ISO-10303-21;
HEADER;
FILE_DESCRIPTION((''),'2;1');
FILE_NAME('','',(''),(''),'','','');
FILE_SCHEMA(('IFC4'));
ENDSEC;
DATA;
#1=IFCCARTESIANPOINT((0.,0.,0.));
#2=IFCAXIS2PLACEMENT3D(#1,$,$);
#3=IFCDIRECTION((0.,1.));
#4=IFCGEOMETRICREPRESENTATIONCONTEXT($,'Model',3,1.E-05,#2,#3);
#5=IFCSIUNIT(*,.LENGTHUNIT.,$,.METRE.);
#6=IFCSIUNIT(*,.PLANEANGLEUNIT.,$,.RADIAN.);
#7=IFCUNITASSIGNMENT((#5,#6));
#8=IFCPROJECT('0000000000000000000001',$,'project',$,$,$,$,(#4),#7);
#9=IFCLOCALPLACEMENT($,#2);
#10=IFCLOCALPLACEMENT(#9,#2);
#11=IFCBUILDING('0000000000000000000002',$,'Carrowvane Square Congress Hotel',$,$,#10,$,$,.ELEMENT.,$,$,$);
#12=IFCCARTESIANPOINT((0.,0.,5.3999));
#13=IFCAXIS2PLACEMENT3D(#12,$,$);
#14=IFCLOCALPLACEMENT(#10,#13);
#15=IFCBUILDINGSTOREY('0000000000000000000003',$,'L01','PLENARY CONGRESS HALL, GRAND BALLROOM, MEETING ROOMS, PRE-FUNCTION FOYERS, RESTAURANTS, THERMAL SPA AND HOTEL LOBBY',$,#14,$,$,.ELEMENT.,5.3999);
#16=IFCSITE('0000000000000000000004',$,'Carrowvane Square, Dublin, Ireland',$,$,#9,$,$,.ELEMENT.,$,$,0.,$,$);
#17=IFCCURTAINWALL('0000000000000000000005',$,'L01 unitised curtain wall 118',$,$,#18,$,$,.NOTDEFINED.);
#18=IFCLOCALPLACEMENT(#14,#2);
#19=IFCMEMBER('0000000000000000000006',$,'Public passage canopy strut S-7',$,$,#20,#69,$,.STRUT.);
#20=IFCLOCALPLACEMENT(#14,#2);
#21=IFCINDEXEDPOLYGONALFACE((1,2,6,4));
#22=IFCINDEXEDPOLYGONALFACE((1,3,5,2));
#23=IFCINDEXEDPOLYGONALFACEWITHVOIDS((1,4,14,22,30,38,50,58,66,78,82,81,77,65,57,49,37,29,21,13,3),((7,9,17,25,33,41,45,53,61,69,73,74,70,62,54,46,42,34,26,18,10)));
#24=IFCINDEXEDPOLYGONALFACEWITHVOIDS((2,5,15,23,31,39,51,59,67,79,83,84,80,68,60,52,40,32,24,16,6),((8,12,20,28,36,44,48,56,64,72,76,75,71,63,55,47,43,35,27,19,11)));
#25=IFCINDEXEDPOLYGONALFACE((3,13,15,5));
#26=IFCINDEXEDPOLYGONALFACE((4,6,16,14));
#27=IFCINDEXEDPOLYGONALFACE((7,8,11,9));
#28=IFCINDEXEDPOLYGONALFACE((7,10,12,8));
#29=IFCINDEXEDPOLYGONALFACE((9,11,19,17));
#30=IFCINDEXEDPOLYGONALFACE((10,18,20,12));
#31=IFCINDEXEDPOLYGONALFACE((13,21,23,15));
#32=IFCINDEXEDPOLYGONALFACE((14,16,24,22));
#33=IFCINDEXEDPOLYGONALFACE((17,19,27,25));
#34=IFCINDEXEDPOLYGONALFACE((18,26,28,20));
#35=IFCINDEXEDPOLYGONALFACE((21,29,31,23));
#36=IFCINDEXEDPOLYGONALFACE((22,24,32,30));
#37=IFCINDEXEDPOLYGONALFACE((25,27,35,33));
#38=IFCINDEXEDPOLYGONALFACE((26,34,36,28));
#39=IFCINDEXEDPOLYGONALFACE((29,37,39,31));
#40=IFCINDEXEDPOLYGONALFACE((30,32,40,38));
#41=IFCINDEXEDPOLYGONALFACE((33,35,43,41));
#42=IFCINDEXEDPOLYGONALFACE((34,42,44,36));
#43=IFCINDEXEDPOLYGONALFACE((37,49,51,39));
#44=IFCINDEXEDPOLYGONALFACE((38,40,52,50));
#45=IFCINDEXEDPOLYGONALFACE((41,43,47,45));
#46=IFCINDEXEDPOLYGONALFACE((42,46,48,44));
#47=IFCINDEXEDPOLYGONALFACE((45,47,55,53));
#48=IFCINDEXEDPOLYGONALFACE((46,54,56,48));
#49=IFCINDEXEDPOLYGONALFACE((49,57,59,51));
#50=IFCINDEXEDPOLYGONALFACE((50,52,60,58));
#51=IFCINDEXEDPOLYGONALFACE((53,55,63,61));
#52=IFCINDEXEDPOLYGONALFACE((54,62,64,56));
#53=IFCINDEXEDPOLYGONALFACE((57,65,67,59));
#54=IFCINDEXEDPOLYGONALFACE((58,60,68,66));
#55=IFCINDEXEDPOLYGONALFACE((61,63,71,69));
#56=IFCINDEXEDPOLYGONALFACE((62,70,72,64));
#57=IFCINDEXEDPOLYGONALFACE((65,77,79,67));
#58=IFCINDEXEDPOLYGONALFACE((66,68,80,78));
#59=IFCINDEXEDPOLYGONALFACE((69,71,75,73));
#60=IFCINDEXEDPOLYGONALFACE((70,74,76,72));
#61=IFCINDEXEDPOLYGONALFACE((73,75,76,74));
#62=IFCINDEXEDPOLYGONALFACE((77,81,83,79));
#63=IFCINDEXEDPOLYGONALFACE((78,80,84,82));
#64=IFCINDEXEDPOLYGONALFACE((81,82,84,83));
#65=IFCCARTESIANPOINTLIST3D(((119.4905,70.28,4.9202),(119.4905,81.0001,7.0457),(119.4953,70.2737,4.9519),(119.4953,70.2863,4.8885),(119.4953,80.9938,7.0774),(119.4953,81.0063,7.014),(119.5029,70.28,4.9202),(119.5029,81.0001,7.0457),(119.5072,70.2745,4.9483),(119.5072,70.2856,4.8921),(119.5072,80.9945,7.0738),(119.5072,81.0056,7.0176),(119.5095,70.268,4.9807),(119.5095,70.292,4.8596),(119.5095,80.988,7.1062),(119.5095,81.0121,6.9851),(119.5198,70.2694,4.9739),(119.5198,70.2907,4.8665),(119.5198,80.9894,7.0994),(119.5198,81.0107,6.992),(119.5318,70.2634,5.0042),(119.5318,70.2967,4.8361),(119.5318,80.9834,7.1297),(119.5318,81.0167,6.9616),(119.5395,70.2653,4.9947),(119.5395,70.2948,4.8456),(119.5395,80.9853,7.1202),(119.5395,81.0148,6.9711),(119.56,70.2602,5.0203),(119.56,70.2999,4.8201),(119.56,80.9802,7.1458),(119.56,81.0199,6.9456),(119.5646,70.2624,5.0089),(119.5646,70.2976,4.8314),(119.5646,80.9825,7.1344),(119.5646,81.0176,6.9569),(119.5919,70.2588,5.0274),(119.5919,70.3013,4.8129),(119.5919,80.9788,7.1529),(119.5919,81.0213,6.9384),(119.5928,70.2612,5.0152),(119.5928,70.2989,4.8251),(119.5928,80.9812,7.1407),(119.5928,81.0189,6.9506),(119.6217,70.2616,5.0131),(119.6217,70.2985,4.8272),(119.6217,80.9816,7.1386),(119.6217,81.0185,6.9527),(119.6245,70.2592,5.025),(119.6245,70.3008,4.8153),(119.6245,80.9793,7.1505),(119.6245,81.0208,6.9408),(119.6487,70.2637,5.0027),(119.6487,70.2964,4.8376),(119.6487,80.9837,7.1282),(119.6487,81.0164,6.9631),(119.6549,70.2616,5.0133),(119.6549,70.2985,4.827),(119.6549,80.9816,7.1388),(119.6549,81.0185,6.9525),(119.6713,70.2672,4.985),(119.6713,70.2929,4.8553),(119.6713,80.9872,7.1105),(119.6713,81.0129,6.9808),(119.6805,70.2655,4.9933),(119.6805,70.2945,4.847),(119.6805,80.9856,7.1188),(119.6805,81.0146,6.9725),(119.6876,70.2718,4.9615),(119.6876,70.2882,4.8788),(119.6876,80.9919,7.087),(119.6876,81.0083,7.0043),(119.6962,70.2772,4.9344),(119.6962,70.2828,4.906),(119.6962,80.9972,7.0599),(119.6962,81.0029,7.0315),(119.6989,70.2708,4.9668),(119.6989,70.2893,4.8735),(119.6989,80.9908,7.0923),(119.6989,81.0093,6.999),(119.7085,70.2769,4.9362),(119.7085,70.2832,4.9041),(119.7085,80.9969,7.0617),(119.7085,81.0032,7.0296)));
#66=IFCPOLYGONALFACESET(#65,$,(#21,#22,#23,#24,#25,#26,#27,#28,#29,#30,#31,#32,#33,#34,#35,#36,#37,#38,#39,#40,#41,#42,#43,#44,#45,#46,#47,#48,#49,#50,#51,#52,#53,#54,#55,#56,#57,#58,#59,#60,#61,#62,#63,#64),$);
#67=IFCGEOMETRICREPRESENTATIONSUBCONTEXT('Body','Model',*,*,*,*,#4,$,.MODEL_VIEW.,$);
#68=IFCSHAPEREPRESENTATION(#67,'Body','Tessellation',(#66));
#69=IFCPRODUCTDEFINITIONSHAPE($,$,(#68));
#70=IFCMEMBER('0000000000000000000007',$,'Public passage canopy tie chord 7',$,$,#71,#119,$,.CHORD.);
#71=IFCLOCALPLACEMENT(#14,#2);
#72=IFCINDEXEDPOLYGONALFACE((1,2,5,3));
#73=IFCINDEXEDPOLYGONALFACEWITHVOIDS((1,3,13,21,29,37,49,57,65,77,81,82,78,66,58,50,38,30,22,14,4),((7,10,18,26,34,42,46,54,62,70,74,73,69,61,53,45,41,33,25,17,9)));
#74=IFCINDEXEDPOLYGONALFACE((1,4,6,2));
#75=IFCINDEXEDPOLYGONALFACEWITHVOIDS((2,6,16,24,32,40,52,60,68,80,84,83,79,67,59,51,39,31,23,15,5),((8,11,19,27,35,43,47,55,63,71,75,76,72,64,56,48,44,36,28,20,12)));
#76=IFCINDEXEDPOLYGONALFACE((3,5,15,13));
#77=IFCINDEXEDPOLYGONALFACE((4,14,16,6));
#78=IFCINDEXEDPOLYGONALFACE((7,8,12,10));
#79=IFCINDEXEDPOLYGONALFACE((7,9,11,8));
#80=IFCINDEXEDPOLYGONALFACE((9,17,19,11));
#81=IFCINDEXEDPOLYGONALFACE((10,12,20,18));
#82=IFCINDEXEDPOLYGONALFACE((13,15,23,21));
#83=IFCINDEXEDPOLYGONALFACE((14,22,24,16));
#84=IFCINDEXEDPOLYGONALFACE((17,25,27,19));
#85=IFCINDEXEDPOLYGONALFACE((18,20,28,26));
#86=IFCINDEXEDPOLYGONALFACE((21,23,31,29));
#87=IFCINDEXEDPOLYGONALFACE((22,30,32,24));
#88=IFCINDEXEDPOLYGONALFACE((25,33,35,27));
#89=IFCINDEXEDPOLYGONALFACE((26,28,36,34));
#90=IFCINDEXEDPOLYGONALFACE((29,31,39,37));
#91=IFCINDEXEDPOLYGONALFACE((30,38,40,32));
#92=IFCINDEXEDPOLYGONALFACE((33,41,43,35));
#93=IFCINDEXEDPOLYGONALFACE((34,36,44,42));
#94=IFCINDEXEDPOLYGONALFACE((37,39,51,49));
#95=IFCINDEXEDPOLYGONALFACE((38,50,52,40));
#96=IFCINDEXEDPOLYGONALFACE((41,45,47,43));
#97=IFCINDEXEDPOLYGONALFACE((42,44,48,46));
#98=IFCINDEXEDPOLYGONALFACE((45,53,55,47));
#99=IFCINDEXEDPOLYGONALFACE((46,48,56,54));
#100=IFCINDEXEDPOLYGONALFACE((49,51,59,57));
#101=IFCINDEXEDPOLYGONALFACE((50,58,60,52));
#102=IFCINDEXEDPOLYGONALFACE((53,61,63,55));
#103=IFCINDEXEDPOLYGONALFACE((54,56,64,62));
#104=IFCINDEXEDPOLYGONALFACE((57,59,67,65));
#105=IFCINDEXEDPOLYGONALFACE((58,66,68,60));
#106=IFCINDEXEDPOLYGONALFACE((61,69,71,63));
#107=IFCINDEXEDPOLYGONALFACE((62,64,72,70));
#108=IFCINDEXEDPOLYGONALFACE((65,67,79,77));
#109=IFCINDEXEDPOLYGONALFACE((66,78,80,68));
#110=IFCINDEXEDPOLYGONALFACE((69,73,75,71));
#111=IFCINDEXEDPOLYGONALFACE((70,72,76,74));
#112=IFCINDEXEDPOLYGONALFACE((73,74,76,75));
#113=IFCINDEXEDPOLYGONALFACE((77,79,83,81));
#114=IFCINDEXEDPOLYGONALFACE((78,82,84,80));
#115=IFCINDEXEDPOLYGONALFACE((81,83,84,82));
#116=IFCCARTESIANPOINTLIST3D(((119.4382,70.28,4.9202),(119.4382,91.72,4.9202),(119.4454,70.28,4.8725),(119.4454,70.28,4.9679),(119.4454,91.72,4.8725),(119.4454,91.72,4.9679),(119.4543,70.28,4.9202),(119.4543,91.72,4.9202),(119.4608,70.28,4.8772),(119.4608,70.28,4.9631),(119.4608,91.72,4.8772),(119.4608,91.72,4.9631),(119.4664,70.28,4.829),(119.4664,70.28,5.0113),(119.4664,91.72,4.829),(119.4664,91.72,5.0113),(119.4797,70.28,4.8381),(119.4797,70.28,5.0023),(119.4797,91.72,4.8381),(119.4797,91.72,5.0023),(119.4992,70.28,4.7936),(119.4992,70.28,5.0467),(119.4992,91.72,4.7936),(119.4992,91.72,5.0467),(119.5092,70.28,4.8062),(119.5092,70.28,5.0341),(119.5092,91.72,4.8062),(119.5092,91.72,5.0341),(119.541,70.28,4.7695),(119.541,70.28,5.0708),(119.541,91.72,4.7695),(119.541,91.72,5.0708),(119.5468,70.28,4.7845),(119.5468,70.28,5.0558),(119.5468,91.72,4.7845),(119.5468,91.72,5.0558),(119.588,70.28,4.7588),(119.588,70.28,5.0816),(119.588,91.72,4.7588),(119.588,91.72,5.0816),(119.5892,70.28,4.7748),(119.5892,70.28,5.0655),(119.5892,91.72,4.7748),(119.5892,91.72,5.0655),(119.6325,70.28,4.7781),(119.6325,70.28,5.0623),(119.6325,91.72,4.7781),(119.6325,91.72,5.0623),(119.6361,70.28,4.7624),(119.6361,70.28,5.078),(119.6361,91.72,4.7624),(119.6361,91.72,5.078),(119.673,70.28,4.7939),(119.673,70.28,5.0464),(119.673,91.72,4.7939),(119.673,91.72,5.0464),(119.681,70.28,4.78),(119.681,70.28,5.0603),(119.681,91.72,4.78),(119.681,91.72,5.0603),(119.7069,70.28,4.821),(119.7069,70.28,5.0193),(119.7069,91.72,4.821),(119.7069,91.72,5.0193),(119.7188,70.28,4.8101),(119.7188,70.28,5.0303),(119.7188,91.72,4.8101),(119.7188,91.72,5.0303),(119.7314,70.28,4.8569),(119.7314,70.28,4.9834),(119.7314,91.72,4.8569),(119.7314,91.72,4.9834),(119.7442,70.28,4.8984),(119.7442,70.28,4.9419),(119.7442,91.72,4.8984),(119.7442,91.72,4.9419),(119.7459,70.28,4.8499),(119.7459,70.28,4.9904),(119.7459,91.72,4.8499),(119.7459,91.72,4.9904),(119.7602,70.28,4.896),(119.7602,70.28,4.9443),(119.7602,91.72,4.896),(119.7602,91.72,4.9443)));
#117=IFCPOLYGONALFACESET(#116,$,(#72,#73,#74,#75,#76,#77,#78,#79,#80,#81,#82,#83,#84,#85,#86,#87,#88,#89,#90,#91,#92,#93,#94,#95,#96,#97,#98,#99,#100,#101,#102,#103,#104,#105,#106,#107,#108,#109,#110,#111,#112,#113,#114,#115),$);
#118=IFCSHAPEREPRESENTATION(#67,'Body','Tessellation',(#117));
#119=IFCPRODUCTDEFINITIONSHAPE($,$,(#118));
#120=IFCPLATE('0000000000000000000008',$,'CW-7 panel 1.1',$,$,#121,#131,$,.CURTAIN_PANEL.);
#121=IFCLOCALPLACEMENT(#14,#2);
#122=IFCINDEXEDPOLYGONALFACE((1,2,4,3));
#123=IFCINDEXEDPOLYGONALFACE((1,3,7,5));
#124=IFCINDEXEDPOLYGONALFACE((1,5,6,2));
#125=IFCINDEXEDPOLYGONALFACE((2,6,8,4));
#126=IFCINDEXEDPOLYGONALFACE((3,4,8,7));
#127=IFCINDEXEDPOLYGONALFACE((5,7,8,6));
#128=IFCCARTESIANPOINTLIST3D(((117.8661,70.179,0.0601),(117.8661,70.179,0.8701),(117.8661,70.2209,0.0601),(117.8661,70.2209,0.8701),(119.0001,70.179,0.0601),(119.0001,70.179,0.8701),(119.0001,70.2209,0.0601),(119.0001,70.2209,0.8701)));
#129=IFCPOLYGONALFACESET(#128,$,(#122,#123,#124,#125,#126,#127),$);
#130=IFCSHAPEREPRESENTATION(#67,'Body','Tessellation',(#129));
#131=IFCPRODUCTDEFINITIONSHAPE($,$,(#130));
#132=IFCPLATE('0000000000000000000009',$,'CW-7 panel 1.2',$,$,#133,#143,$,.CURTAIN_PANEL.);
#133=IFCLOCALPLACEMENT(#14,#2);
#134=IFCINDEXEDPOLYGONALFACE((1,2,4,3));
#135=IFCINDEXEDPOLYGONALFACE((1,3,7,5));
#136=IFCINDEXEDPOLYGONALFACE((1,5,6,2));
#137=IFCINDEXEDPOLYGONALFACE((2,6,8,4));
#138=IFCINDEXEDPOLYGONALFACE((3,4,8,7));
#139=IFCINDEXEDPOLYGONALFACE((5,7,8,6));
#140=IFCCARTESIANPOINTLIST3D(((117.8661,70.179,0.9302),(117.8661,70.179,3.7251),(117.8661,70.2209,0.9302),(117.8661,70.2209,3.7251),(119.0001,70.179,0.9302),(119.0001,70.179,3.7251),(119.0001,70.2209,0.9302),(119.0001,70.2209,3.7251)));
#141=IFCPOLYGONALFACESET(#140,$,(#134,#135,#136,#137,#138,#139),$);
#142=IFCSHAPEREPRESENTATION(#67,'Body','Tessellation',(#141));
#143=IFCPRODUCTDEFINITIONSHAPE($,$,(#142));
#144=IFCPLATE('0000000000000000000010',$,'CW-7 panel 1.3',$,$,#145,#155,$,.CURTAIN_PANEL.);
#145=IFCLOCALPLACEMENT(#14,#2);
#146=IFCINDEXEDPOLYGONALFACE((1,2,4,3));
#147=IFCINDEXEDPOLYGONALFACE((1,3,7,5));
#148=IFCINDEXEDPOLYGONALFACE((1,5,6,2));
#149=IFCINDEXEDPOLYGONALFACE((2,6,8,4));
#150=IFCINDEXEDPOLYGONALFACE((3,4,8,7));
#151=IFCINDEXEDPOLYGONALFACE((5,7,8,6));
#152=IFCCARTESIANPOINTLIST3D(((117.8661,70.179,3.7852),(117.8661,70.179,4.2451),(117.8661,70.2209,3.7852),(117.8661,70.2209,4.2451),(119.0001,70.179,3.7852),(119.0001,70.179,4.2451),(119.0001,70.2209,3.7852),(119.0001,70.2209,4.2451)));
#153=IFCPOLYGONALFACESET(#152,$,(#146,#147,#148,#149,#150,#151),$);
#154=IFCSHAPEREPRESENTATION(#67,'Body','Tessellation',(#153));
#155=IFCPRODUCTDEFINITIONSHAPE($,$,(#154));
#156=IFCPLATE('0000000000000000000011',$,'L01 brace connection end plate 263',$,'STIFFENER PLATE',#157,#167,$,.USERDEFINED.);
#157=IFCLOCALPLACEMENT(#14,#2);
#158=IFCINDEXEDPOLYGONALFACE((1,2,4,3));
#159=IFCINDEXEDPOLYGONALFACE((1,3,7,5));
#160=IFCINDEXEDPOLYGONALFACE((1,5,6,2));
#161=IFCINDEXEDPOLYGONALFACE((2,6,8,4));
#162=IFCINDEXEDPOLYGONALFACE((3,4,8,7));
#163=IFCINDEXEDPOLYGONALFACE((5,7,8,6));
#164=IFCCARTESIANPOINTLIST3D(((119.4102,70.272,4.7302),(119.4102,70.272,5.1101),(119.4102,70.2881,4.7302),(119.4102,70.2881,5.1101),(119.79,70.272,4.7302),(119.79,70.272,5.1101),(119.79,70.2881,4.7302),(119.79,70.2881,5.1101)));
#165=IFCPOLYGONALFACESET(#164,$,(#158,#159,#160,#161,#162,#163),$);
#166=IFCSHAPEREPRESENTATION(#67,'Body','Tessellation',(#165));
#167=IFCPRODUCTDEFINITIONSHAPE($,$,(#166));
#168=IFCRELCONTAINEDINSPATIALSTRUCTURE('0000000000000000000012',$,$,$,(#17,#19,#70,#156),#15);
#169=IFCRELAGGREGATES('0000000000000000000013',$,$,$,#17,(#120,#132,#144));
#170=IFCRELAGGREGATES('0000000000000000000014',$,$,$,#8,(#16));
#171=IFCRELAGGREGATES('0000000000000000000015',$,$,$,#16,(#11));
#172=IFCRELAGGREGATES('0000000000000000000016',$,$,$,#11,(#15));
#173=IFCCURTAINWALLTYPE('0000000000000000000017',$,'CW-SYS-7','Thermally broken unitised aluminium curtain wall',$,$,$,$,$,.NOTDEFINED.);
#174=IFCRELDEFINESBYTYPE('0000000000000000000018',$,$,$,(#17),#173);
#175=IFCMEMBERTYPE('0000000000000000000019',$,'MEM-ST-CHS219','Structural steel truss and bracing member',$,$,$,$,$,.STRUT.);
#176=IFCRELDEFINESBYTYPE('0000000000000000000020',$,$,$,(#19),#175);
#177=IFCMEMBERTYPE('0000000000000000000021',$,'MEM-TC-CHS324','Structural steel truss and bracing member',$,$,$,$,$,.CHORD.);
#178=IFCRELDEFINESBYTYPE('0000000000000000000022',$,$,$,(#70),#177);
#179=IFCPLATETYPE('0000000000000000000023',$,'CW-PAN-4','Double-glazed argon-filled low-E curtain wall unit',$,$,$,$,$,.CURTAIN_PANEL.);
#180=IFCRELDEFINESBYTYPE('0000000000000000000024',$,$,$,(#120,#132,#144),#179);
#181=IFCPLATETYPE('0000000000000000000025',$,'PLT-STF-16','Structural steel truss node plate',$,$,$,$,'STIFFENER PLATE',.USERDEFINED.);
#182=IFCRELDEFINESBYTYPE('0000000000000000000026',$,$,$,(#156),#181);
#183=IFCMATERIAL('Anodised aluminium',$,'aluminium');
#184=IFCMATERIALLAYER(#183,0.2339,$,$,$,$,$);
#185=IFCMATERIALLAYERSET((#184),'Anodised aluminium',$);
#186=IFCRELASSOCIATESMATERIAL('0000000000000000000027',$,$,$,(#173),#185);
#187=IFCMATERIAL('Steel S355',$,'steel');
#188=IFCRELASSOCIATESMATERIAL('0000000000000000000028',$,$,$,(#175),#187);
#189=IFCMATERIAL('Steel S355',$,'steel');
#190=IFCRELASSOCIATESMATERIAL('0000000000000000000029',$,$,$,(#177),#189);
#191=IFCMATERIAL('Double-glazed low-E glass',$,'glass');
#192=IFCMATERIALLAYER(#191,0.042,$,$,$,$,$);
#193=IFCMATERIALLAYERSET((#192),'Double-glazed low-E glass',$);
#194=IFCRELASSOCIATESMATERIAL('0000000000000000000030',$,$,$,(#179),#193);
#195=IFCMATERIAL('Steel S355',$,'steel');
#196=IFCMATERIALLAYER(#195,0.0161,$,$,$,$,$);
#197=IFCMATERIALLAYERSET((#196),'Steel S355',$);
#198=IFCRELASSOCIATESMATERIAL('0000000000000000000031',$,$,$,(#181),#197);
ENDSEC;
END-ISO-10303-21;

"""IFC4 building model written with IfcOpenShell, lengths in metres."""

from ifc_helpers import new_model, si_unit, direction, frame, origin, origin_2d, place, context, subcontext, project, spatial, rectangle, hollow_circle, extrude, material, layer, layer_set, material_profile, profile_set, type_object, element, aggregate, save


model = new_model("IFC4")

# Units and contexts
model_context = context("Model", 3, precision=1e-05, world=origin(), true_north=direction((0.0, 1.0)))
body_context = subcontext(model_context, "Body", "Model", "MODEL_VIEW")
ifc_project = project(units=[si_unit("LENGTHUNIT", "METRE"), si_unit("PLANEANGLEUNIT", "RADIAN")], contexts=[model_context])

# Site, building, storey
site_placement = place(None, origin())
site = spatial("IfcSite", under=ifc_project, at=site_placement, Name="Carrowvane Square, Dublin, Ireland", CompositionType="ELEMENT", RefElevation=0.0)
building_placement = place(site_placement, origin())
building = spatial("IfcBuilding", under=site, at=building_placement, Name="Carrowvane Square Congress Hotel", CompositionType="ELEMENT")
storey_placement = place(building_placement, frame((0.0, 0.0, 5.3999)))
storey = spatial("IfcBuildingStorey", under=building, at=storey_placement, Name="L01", Description="PLENARY CONGRESS HALL, GRAND BALLROOM, MEETING ROOMS, PRE-FUNCTION FOYERS, RESTAURANTS, THERMAL SPA AND HOTEL LOBBY", CompositionType="ELEMENT", Elevation=5.3999)

# Curtain wall
ifc_material_1 = material(Name="Anodised aluminium", Category="aluminium")
ifc_layer_1 = layer(ifc_material_1, 0.2339)
ifc_layer_set_1 = layer_set([ifc_layer_1], Name="Anodised aluminium")
curtain_wall_type = type_object("IfcCurtainWallType", Name="CW-SYS-7", Description="Thermally broken unitised aluminium curtain wall", PredefinedType="NOTDEFINED", material=ifc_layer_set_1)
curtain_wall_placement = place(storey_placement, origin())
curtain_wall = element("IfcCurtainWall", 1, at=curtain_wall_placement, inside=storey, type_object=curtain_wall_type, Name="L01 unitised curtain wall 118", PredefinedType="NOTDEFINED")

# Members
ifc_material_2 = material(Name="Steel S355", Category="steel")
ifc_material_profile_1 = material_profile(ifc_material_2, hollow_circle(Radius=0.1096, WallThickness=0.0125, at=origin_2d()), Name="CHS 219.1x12.5")
ifc_profile_set_1 = profile_set([ifc_material_profile_1], Name="Steel S355")
member_type_1 = type_object("IfcMemberType", Name="MEM-ST-CHS219", Description="Structural steel truss and bracing member", PredefinedType="STRUT", material=ifc_profile_set_1)
member_1_placement = place(storey_placement, frame((119.6001, 70.28, 4.9202), z_axis=(0.0, 0.980905, 0.194488), x_axis=(-1.0, 0.0, 0.0)))
element("IfcMember", 2, at=member_1_placement, inside=storey, type_object=member_type_1, Name="Public passage canopy strut S-7", PredefinedType="STRUT", context=body_context, shape_type="SweptSolid", body=[
    extrude(hollow_circle(Radius=0.1096, WallThickness=0.0125, at=origin_2d()), origin(), (0.0, 0.0, 1.0), 10.9287),
])
ifc_material_3 = material(Name="Steel S355", Category="steel")
ifc_material_profile_2 = material_profile(ifc_material_3, hollow_circle(Radius=0.1619, WallThickness=0.0161, at=origin_2d()), Name="CHS 323.9x16")
ifc_profile_set_2 = profile_set([ifc_material_profile_2], Name="Steel S355")
member_type_2 = type_object("IfcMemberType", Name="MEM-TC-CHS324", Description="Structural steel truss and bracing member", PredefinedType="CHORD", material=ifc_profile_set_2)
member_2_placement = place(storey_placement, frame((119.6001, 70.28, 4.9202), z_axis=(0.0, 1.0, 0.0), x_axis=(-1.0, 0.0, 0.0)))
element("IfcMember", 3, at=member_2_placement, inside=storey, type_object=member_type_2, Name="Public passage canopy tie chord 7", PredefinedType="CHORD", context=body_context, shape_type="SweptSolid", body=[
    extrude(hollow_circle(Radius=0.1619, WallThickness=0.0161, at=origin_2d()), origin(), (0.0, 0.0, 1.0), 21.4399),
])

# Plates
ifc_material_4 = material(Name="Double-glazed low-E glass", Category="glass")
ifc_layer_2 = layer(ifc_material_4, 0.042)
ifc_layer_set_2 = layer_set([ifc_layer_2], Name="Double-glazed low-E glass")
plate_type_1 = type_object("IfcPlateType", Name="CW-PAN-4", Description="Double-glazed argon-filled low-E curtain wall unit", PredefinedType="CURTAIN_PANEL", material=ifc_layer_set_2)
plate_1_placement = place(storey_placement, frame((118.4331, 70.2, 0.0601), z_axis=(0.0, 0.0, 1.0), x_axis=(-1.0, 0.0, 0.0)))
plate_1 = element("IfcPlate", 4, at=plate_1_placement, type_object=plate_type_1, Name="CW-7 panel 1.1", PredefinedType="CURTAIN_PANEL", context=body_context, shape_type="SweptSolid", body=[
    extrude(rectangle(XDim=1.134, YDim=0.042, at=origin_2d()), origin(), (0.0, 0.0, 1.0), 0.8101),
])
plate_2_placement = place(storey_placement, frame((118.4331, 70.2, 0.9302), z_axis=(0.0, 0.0, 1.0), x_axis=(-1.0, 0.0, 0.0)))
plate_2 = element("IfcPlate", 5, at=plate_2_placement, type_object=plate_type_1, Name="CW-7 panel 1.2", PredefinedType="CURTAIN_PANEL", context=body_context, shape_type="SweptSolid", body=[
    extrude(rectangle(XDim=1.134, YDim=0.042, at=origin_2d()), origin(), (0.0, 0.0, 1.0), 2.7949),
])
plate_3_placement = place(storey_placement, frame((118.4331, 70.2, 3.7852), z_axis=(0.0, 0.0, 1.0), x_axis=(-1.0, 0.0, 0.0)))
plate_3 = element("IfcPlate", 6, at=plate_3_placement, type_object=plate_type_1, Name="CW-7 panel 1.3", PredefinedType="CURTAIN_PANEL", context=body_context, shape_type="SweptSolid", body=[
    extrude(rectangle(XDim=1.134, YDim=0.042, at=origin_2d()), origin(), (0.0, 0.0, 1.0), 0.46),
])
aggregate(curtain_wall, [plate_1, plate_2, plate_3])
ifc_material_5 = material(Name="Steel S355", Category="steel")
ifc_layer_3 = layer(ifc_material_5, 0.0161)
ifc_layer_set_3 = layer_set([ifc_layer_3], Name="Steel S355")
plate_type_2 = type_object("IfcPlateType", Name="PLT-STF-16", Description="Structural steel truss node plate", ElementType="STIFFENER PLATE", PredefinedType="USERDEFINED", material=ifc_layer_set_3)
plate_4_placement = place(storey_placement, frame((119.6001, 70.28, 4.7302), z_axis=(0.0, 0.0, 1.0), x_axis=(1.0, 0.0, 0.0)))
element("IfcPlate", 7, at=plate_4_placement, inside=storey, type_object=plate_type_2, Name="L01 brace connection end plate 263", ObjectType="STIFFENER PLATE", PredefinedType="USERDEFINED", context=body_context, shape_type="SweptSolid", body=[
    extrude(rectangle(XDim=0.3799, YDim=0.0161, at=origin_2d()), origin(), (0.0, 0.0, 1.0), 0.3799),
])

save(model, "model.ifc")
